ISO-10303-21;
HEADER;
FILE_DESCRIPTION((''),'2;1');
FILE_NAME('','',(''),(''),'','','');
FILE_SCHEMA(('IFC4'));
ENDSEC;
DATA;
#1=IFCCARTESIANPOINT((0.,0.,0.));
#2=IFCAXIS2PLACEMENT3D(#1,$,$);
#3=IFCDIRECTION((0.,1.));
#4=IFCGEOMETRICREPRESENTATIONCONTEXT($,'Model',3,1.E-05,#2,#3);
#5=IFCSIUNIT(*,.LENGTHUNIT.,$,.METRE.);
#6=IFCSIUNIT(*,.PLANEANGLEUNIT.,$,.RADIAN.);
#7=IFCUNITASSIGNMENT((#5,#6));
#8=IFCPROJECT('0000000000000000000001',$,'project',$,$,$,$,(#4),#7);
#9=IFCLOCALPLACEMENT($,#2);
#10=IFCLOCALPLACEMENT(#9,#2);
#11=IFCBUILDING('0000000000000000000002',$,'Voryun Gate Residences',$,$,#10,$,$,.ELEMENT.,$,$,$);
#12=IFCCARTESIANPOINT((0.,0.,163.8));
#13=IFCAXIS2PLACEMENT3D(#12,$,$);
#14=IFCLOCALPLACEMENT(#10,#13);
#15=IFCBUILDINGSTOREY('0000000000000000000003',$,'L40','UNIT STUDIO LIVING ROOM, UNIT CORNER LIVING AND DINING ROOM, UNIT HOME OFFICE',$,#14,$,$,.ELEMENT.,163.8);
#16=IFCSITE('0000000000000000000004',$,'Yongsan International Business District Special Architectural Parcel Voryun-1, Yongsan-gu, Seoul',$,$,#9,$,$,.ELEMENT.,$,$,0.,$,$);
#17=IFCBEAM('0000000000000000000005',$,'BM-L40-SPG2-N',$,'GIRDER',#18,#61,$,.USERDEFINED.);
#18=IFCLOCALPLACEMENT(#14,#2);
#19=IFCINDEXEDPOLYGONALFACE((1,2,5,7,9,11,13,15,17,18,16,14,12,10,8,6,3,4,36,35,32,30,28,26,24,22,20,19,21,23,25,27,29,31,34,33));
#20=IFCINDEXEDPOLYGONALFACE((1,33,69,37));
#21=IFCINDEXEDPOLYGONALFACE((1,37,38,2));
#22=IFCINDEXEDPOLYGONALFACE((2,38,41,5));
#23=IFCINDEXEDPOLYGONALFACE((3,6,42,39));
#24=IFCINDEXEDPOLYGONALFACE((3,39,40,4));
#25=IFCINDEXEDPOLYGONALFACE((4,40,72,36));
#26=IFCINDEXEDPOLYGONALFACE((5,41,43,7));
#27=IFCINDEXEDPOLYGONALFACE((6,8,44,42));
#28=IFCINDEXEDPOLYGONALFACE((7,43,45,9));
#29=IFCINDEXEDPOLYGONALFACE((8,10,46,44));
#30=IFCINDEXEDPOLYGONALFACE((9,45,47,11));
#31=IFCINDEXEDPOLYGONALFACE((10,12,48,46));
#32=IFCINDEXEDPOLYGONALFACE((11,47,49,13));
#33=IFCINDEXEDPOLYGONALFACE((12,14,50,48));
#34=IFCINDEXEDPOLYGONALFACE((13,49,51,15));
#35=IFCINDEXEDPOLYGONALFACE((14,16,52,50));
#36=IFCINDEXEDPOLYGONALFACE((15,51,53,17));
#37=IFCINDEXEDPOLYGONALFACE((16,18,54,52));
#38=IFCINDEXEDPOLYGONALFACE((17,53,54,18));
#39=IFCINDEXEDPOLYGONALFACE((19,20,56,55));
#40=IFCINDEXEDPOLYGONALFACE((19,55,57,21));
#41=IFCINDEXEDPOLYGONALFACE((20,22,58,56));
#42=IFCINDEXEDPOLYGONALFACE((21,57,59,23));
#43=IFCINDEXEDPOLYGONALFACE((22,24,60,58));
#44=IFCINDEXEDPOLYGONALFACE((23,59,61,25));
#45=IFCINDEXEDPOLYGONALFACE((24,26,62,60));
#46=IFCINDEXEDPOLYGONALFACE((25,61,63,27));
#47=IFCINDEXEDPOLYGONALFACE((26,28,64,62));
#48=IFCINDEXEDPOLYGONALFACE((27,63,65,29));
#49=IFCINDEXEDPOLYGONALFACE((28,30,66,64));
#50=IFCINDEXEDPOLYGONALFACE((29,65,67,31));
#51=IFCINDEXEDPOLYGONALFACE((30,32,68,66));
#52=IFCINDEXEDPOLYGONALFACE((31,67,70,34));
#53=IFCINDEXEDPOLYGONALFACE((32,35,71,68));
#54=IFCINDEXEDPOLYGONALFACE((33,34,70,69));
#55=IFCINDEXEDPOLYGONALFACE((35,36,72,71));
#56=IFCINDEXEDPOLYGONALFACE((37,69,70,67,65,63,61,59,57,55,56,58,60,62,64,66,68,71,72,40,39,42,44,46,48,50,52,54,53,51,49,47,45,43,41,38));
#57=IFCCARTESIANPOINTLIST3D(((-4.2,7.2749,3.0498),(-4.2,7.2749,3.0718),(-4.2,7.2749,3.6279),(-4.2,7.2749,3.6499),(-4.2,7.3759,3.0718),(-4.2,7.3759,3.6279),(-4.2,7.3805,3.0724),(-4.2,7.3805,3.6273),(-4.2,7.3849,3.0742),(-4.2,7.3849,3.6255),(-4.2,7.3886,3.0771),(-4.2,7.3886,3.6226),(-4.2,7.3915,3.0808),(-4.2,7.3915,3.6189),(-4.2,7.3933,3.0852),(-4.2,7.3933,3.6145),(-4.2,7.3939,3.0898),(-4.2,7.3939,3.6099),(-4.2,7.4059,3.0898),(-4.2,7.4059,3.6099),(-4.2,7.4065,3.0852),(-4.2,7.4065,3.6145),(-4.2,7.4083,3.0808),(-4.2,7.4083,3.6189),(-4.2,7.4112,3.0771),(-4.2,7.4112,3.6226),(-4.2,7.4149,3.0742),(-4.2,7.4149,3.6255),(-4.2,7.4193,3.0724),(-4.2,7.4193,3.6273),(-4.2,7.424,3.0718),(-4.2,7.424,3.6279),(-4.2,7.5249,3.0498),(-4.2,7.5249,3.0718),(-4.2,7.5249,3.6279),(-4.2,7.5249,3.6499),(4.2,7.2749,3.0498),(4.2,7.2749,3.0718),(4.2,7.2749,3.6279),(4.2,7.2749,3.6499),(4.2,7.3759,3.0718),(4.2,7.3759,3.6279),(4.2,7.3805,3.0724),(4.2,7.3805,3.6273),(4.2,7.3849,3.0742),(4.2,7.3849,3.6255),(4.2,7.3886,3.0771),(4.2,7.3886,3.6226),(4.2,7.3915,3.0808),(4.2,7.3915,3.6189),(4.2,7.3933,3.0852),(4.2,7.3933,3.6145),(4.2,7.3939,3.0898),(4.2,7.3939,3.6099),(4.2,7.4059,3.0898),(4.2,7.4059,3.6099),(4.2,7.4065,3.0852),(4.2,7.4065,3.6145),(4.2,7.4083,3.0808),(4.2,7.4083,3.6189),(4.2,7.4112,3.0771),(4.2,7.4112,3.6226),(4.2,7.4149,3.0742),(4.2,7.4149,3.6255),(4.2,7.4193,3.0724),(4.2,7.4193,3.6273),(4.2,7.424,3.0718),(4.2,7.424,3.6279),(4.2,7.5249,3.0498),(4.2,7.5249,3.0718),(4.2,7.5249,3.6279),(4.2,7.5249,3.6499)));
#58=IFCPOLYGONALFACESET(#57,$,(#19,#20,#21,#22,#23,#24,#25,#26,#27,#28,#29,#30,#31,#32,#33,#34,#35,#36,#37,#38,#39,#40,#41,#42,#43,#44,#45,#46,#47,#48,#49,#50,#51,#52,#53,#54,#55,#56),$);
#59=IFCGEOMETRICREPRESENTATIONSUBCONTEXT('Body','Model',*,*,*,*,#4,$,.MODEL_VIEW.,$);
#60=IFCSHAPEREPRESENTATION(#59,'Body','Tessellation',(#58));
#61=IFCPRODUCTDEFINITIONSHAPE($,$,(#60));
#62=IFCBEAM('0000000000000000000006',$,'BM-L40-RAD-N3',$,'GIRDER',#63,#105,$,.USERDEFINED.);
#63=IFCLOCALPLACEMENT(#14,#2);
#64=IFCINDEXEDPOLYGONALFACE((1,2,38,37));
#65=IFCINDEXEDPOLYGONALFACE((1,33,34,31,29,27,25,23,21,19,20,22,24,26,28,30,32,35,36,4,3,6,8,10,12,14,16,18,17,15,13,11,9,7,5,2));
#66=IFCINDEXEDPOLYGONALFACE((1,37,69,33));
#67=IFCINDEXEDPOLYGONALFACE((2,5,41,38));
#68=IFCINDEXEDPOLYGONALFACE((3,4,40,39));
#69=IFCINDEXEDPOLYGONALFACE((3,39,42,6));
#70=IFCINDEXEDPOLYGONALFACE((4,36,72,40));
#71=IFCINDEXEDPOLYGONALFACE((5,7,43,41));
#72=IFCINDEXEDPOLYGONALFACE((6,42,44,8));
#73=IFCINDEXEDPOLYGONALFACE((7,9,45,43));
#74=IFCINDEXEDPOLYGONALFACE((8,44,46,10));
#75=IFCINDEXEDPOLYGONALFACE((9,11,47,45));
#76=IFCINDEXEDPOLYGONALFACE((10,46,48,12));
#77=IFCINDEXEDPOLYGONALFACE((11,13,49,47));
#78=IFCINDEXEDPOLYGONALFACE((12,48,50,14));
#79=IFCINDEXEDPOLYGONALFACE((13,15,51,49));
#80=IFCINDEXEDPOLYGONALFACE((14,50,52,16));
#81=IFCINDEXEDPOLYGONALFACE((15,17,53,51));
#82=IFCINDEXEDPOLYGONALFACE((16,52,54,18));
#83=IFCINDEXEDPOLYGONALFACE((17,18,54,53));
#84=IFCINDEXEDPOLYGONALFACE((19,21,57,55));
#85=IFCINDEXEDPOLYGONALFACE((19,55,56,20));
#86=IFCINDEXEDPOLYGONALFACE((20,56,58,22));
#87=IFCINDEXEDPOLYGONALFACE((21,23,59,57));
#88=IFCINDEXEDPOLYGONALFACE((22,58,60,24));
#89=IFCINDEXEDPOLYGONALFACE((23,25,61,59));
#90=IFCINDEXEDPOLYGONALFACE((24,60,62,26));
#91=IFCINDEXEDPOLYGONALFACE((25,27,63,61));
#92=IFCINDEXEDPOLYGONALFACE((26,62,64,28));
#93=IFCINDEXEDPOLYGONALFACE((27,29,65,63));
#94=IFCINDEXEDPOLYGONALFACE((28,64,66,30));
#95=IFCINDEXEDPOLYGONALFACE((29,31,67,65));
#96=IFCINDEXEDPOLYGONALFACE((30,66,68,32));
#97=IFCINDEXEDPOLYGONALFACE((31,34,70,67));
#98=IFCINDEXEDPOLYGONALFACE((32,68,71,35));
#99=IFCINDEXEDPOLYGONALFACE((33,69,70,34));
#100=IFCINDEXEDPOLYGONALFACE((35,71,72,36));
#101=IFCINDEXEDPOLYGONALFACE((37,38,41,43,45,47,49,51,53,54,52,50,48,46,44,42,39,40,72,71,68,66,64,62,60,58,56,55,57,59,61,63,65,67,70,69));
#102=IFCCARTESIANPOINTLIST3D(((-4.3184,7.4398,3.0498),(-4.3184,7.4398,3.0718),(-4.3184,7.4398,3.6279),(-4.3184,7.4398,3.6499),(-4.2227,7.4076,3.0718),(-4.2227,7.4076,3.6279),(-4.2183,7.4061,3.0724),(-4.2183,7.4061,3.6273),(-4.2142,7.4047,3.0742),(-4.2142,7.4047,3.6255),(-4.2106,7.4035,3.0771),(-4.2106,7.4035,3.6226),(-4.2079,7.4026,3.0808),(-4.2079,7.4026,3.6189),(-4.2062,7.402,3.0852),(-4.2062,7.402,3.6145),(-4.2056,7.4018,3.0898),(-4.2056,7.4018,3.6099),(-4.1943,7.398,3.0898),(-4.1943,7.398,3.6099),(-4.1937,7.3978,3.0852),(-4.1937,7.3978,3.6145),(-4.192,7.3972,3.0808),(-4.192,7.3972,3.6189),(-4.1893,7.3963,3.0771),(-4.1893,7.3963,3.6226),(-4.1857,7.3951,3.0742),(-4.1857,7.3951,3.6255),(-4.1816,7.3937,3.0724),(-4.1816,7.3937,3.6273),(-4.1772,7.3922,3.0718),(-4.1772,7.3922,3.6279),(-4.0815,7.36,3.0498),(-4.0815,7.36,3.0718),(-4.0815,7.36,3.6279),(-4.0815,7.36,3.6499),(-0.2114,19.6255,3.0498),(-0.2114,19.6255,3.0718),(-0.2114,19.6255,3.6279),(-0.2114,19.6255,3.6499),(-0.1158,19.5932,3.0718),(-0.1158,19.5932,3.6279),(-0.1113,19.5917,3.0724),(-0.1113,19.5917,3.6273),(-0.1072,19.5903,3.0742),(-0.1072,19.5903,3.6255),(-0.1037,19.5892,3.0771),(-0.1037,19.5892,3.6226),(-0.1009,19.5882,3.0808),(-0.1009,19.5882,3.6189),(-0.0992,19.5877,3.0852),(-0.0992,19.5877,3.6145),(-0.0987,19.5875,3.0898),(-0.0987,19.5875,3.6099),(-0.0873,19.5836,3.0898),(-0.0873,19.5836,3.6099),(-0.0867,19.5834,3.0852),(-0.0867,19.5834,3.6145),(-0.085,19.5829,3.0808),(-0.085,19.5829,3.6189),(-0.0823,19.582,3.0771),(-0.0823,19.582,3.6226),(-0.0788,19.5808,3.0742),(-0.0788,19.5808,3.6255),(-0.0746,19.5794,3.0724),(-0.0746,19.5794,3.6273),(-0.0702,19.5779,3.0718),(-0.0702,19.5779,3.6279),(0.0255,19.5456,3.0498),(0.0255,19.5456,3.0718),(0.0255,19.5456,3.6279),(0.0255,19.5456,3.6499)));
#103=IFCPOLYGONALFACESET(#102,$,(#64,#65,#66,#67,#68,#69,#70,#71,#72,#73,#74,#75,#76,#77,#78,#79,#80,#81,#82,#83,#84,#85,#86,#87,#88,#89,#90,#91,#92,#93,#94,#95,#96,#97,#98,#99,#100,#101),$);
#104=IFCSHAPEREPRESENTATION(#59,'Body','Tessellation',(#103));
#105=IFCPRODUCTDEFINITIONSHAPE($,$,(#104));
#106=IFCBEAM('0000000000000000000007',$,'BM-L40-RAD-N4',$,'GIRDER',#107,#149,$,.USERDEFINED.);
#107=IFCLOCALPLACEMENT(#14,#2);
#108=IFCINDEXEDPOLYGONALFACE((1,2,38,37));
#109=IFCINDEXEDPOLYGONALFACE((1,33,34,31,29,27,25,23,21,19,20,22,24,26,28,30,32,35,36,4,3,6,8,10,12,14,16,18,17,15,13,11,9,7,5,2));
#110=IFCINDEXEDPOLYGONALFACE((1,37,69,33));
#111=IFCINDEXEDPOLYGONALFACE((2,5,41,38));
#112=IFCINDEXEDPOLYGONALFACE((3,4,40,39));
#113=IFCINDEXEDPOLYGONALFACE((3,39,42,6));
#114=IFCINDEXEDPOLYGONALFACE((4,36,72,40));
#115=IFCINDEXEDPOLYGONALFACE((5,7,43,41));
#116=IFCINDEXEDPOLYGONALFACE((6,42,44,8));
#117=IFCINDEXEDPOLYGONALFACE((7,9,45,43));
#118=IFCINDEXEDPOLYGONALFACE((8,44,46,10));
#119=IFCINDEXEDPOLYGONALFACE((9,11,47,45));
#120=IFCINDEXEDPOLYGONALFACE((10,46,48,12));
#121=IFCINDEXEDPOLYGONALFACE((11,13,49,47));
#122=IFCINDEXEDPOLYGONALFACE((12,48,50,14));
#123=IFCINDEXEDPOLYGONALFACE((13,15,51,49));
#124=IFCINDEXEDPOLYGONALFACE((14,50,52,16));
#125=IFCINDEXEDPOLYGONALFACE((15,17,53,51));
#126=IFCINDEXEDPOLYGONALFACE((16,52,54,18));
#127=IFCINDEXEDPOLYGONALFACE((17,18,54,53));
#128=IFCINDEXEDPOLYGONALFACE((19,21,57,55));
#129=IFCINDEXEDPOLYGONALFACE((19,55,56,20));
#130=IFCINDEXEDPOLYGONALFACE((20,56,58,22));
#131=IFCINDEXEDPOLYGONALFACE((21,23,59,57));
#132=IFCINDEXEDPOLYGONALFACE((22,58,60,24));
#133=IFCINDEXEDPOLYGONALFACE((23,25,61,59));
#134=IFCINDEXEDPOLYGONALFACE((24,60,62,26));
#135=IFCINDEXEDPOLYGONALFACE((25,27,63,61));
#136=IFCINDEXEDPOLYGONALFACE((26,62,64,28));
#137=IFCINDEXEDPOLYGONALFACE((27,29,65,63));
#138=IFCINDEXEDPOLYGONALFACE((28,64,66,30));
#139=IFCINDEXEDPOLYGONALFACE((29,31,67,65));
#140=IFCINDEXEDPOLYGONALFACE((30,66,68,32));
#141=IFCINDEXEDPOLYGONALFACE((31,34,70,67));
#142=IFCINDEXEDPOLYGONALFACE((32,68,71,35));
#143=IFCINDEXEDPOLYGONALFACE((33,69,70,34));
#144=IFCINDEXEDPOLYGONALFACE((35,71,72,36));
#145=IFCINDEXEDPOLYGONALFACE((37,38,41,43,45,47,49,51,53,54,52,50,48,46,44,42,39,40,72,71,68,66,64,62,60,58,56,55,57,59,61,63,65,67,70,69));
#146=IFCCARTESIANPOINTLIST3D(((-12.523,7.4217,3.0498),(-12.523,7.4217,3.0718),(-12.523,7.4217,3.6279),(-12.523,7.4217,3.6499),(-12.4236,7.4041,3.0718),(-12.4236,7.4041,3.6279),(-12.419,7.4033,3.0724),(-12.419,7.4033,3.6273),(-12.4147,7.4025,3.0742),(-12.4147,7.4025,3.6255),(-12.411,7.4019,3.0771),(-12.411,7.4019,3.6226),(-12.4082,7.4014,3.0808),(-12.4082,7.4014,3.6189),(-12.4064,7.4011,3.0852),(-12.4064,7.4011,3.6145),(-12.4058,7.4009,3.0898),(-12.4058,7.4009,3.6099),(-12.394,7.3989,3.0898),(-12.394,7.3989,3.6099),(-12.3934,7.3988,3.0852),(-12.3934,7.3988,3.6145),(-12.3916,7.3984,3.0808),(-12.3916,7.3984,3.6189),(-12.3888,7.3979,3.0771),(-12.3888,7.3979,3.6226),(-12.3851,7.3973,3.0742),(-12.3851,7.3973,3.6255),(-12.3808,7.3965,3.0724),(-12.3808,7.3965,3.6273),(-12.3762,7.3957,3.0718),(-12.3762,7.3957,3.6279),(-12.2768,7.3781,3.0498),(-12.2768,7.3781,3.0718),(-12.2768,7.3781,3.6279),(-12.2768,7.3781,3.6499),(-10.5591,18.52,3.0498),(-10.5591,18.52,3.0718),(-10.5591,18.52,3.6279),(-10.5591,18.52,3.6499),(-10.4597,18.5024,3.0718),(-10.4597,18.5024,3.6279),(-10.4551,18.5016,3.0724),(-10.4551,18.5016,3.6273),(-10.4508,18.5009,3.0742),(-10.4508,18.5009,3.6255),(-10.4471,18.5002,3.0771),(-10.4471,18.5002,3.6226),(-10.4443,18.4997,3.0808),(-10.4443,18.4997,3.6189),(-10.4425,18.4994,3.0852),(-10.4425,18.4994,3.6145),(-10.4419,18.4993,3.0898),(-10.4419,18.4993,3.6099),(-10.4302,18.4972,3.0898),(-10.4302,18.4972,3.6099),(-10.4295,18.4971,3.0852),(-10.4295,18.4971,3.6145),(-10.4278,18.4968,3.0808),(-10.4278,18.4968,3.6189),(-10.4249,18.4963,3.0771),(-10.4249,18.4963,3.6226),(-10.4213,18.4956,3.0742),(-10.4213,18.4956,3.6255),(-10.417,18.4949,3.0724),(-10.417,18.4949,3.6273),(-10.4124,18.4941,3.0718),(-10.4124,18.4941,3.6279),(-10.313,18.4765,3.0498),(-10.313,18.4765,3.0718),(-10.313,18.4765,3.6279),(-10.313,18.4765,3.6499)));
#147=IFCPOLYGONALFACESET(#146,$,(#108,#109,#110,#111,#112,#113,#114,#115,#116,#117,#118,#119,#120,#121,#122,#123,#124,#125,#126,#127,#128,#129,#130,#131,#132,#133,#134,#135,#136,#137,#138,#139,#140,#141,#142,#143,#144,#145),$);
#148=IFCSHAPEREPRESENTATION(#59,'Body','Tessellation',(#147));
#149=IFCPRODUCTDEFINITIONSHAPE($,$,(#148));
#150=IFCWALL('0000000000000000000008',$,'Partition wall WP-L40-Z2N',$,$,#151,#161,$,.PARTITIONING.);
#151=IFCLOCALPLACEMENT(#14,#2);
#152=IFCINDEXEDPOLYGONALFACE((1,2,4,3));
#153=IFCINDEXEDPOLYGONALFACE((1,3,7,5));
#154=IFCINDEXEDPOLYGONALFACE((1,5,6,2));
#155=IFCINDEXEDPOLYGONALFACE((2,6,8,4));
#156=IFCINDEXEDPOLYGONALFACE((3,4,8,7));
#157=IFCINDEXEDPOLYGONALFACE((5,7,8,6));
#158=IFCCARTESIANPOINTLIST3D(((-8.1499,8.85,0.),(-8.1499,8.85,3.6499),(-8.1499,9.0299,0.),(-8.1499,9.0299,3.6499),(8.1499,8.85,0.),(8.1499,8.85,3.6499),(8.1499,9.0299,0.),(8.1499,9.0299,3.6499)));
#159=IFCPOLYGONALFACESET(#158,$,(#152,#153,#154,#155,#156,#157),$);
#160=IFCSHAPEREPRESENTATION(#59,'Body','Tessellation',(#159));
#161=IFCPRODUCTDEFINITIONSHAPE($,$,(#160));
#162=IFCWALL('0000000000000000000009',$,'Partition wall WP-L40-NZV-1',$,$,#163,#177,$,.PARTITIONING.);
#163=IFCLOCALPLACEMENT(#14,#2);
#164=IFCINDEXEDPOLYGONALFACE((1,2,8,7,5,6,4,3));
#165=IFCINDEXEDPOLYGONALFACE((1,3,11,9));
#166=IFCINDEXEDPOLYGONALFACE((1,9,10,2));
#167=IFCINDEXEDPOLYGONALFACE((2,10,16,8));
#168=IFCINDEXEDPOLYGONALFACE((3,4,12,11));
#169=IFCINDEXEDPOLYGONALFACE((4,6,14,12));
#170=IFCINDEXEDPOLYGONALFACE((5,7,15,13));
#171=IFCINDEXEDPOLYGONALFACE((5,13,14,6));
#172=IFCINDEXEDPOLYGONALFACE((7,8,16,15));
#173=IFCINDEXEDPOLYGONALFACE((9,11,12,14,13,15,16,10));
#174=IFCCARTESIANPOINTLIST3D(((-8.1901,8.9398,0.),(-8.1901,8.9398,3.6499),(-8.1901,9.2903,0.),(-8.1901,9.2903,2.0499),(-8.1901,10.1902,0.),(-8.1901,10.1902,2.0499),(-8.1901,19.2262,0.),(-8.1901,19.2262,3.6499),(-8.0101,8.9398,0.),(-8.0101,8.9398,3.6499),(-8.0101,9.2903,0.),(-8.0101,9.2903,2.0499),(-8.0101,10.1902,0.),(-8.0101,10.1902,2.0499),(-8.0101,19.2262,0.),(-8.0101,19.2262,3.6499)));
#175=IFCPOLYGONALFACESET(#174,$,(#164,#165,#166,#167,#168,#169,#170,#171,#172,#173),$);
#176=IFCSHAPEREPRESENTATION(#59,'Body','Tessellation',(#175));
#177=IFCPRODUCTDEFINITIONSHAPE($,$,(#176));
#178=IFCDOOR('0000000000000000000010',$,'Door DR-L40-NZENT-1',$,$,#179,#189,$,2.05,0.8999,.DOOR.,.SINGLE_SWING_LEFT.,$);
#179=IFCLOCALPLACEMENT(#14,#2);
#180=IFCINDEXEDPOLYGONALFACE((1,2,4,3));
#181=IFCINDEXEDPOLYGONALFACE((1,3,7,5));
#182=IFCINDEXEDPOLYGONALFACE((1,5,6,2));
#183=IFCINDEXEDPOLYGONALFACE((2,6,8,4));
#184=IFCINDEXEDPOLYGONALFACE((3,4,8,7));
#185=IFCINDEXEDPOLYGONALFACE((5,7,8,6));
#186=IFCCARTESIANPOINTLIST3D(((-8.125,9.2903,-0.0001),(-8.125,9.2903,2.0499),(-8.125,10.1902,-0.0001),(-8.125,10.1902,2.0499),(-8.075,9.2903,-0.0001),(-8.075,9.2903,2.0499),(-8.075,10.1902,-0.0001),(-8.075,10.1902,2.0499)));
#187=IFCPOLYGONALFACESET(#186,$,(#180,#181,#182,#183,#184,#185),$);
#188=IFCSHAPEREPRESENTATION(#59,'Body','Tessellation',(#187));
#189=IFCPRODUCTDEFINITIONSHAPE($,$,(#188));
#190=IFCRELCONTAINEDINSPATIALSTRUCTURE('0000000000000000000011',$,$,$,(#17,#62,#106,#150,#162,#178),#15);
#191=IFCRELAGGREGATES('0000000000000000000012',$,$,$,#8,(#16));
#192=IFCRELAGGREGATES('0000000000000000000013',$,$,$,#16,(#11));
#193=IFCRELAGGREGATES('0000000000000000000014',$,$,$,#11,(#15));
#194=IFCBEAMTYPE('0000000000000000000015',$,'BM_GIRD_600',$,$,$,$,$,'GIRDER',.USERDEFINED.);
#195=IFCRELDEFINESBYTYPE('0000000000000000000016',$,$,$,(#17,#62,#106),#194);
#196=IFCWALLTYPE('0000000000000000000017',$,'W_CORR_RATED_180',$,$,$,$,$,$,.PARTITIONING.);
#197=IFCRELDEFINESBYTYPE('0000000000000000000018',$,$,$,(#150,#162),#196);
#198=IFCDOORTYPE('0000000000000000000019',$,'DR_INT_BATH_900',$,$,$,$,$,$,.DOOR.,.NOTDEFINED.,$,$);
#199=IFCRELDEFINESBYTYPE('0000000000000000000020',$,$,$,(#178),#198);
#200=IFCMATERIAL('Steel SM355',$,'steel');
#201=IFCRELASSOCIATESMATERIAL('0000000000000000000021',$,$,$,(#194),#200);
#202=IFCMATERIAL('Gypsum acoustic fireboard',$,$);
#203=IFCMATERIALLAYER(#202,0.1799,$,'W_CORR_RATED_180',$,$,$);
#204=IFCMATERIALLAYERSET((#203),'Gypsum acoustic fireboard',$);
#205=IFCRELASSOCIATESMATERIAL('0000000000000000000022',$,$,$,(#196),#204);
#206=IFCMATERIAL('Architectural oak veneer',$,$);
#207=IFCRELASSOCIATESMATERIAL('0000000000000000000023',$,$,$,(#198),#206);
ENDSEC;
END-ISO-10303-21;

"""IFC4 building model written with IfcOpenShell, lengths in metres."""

from ifc_helpers import new_model, si_unit, direction, frame, frame_2d, origin, origin_2d, place, context, subcontext, project, spatial, rectangle, i_section, extrude, material, layer, layer_set, material_profile, profile_set, type_object, element, fill, save


model = new_model("IFC4")

# Units and contexts
model_context = context("Model", 3, precision=1e-05, world=origin(), true_north=direction((0.0, 1.0)))
body_context = subcontext(model_context, "Body", "Model", "MODEL_VIEW")
ifc_project = project(units=[si_unit("LENGTHUNIT", "METRE"), si_unit("PLANEANGLEUNIT", "RADIAN")], contexts=[model_context])

# Site, building, storey
site_placement = place(None, origin())
site = spatial("IfcSite", under=ifc_project, at=site_placement, Name="Yongsan International Business District Special Architectural Parcel Voryun-1, Yongsan-gu, Seoul", CompositionType="ELEMENT", RefElevation=0.0)
building_placement = place(site_placement, origin())
building = spatial("IfcBuilding", under=site, at=building_placement, Name="Voryun Gate Residences", CompositionType="ELEMENT")
storey_placement = place(building_placement, frame((0.0, 0.0, 163.8)))
storey = spatial("IfcBuildingStorey", under=building, at=storey_placement, Name="L40", Description="UNIT STUDIO LIVING ROOM, UNIT CORNER LIVING AND DINING ROOM, UNIT HOME OFFICE", CompositionType="ELEMENT", Elevation=163.8)

# Beams
ifc_material_1 = material(Name="Steel SM355", Category="steel")
ifc_material_profile_1 = material_profile(ifc_material_1, i_section(OverallWidth=0.25, OverallDepth=0.6001, WebThickness=0.012, FlangeThickness=0.022, FilletRadius=0.0181, at=origin_2d()), Name="H-600x250x12x22")
ifc_profile_set_1 = profile_set([ifc_material_profile_1], Name="Steel SM355")
beam_type_1 = type_object("IfcBeamType", Name="BM_GIRD_600", ElementType="GIRDER", PredefinedType="USERDEFINED", material=ifc_profile_set_1)
beam_1_placement = place(storey_placement, frame((-4.2, 7.3999, 3.3499), z_axis=(1.0, 0.0, 0.0), x_axis=(0.0, 1.0, 0.0)))
element("IfcBeam", 1, at=beam_1_placement, inside=storey, type_object=beam_type_1, Name="BM-L40-SPG2-N", ObjectType="GIRDER", PredefinedType="USERDEFINED", context=body_context, shape_type="SweptSolid", body=[
    extrude(i_section(OverallWidth=0.25, OverallDepth=0.6001, WebThickness=0.012, FlangeThickness=0.022, FilletRadius=0.0181, at=origin_2d()), origin(), (0.0, 0.0, 1.0), 8.3999),
])
beam_2_placement = place(storey_placement, frame((-4.2, 7.3999, 3.3499), z_axis=(0.319381, 0.947626, 0.0), x_axis=(-0.947626, 0.319381, 0.0)))
element("IfcBeam", 2, at=beam_2_placement, inside=storey, type_object=beam_type_1, Name="BM-L40-RAD-N3", ObjectType="GIRDER", PredefinedType="USERDEFINED", context=body_context, shape_type="SweptSolid", body=[
    extrude(i_section(OverallWidth=0.25, OverallDepth=0.6001, WebThickness=0.012, FlangeThickness=0.022, FilletRadius=0.0181, at=origin_2d()), origin(), (0.0, 0.0, 1.0), 12.8591),
])
beam_3_placement = place(storey_placement, frame((-12.3999, 7.3999, 3.3499), z_axis=(0.174244, 0.984703, 0.0), x_axis=(-0.984703, 0.174244, 0.0)))
element("IfcBeam", 3, at=beam_3_placement, inside=storey, type_object=beam_type_1, Name="BM-L40-RAD-N4", ObjectType="GIRDER", PredefinedType="USERDEFINED", context=body_context, shape_type="SweptSolid", body=[
    extrude(i_section(OverallWidth=0.25, OverallDepth=0.6001, WebThickness=0.012, FlangeThickness=0.022, FilletRadius=0.0181, at=origin_2d()), origin(), (0.0, 0.0, 1.0), 11.2708),
])

# Wall
ifc_material_2 = material(Name="Gypsum acoustic fireboard")
ifc_layer_1 = layer(ifc_material_2, 0.1799, Name="W_CORR_RATED_180")
ifc_layer_set_1 = layer_set([ifc_layer_1], Name="Gypsum acoustic fireboard")
wall_type_1 = type_object("IfcWallType", Name="W_CORR_RATED_180", PredefinedType="PARTITIONING", material=ifc_layer_set_1)
wall_1_placement = place(storey_placement, frame((-8.1499, 8.9399, 0.0), z_axis=(0.0, 0.0, 1.0), x_axis=(1.0, 0.0, 0.0)))
element("IfcWall", 4, at=wall_1_placement, inside=storey, type_object=wall_type_1, Name="Partition wall WP-L40-Z2N", PredefinedType="PARTITIONING", context=body_context, shape_type="SweptSolid", body=[
    extrude(rectangle(XDim=16.2998, YDim=0.1799, at=frame_2d((8.1499, 0.0))), origin(), (0.0, 0.0, 1.0), 3.6499),
])

# Wall, opening, door
wall_2_placement = place(storey_placement, frame((-8.1001, 8.9399, 0.0), z_axis=(0.0, 0.0, 1.0), x_axis=(0.0, 1.0, 0.0)))
wall_2 = element("IfcWall", 5, at=wall_2_placement, inside=storey, type_object=wall_type_1, Name="Partition wall WP-L40-NZV-1", PredefinedType="PARTITIONING", context=body_context, shape_type="SweptSolid", body=[
    extrude(rectangle(XDim=10.2864, YDim=0.1799, at=frame_2d((5.1431, 0.0))), origin(), (0.0, 0.0, 1.0), 3.6499),
])
opening_1_placement = place(wall_2_placement, frame((0.3503, 0.0, 0.0)))
opening_1 = element("IfcOpeningElement", 6, at=opening_1_placement, cuts=wall_2, PredefinedType="OPENING", context=body_context, shape_type="SweptSolid", body=[
    extrude(rectangle(XDim=0.8999, YDim=2.05, at=frame_2d((0.45, 1.0249))), frame((0.0, 0.0999, 0.0), z_axis=(0.0, -1.0, 0.0), x_axis=(1.0, 0.0, 0.0)), (0.0, 0.0, 1.0), 0.2),
])
ifc_material_3 = material(Name="Architectural oak veneer")
door_type = type_object("IfcDoorType", Name="DR_INT_BATH_900", OperationType="NOTDEFINED", PredefinedType="DOOR", material=ifc_material_3)
door_1_placement = place(opening_1_placement, origin())
door_1 = element("IfcDoor", 7, at=door_1_placement, inside=storey, type_object=door_type, Name="Door DR-L40-NZENT-1", OperationType="SINGLE_SWING_LEFT", OverallHeight=2.05, OverallWidth=0.8999, PredefinedType="DOOR", context=body_context, shape_type="SweptSolid", body=[
    extrude(rectangle(XDim=0.8999, YDim=2.05, at=frame_2d((0.45, 1.0249))), frame((0.0, 0.0249, 0.0), z_axis=(0.0, -1.0, 0.0), x_axis=(1.0, 0.0, 0.0)), (0.0, 0.0, 1.0), 0.05),
])
fill(opening_1, door_1)

save(model, "model.ifc")
